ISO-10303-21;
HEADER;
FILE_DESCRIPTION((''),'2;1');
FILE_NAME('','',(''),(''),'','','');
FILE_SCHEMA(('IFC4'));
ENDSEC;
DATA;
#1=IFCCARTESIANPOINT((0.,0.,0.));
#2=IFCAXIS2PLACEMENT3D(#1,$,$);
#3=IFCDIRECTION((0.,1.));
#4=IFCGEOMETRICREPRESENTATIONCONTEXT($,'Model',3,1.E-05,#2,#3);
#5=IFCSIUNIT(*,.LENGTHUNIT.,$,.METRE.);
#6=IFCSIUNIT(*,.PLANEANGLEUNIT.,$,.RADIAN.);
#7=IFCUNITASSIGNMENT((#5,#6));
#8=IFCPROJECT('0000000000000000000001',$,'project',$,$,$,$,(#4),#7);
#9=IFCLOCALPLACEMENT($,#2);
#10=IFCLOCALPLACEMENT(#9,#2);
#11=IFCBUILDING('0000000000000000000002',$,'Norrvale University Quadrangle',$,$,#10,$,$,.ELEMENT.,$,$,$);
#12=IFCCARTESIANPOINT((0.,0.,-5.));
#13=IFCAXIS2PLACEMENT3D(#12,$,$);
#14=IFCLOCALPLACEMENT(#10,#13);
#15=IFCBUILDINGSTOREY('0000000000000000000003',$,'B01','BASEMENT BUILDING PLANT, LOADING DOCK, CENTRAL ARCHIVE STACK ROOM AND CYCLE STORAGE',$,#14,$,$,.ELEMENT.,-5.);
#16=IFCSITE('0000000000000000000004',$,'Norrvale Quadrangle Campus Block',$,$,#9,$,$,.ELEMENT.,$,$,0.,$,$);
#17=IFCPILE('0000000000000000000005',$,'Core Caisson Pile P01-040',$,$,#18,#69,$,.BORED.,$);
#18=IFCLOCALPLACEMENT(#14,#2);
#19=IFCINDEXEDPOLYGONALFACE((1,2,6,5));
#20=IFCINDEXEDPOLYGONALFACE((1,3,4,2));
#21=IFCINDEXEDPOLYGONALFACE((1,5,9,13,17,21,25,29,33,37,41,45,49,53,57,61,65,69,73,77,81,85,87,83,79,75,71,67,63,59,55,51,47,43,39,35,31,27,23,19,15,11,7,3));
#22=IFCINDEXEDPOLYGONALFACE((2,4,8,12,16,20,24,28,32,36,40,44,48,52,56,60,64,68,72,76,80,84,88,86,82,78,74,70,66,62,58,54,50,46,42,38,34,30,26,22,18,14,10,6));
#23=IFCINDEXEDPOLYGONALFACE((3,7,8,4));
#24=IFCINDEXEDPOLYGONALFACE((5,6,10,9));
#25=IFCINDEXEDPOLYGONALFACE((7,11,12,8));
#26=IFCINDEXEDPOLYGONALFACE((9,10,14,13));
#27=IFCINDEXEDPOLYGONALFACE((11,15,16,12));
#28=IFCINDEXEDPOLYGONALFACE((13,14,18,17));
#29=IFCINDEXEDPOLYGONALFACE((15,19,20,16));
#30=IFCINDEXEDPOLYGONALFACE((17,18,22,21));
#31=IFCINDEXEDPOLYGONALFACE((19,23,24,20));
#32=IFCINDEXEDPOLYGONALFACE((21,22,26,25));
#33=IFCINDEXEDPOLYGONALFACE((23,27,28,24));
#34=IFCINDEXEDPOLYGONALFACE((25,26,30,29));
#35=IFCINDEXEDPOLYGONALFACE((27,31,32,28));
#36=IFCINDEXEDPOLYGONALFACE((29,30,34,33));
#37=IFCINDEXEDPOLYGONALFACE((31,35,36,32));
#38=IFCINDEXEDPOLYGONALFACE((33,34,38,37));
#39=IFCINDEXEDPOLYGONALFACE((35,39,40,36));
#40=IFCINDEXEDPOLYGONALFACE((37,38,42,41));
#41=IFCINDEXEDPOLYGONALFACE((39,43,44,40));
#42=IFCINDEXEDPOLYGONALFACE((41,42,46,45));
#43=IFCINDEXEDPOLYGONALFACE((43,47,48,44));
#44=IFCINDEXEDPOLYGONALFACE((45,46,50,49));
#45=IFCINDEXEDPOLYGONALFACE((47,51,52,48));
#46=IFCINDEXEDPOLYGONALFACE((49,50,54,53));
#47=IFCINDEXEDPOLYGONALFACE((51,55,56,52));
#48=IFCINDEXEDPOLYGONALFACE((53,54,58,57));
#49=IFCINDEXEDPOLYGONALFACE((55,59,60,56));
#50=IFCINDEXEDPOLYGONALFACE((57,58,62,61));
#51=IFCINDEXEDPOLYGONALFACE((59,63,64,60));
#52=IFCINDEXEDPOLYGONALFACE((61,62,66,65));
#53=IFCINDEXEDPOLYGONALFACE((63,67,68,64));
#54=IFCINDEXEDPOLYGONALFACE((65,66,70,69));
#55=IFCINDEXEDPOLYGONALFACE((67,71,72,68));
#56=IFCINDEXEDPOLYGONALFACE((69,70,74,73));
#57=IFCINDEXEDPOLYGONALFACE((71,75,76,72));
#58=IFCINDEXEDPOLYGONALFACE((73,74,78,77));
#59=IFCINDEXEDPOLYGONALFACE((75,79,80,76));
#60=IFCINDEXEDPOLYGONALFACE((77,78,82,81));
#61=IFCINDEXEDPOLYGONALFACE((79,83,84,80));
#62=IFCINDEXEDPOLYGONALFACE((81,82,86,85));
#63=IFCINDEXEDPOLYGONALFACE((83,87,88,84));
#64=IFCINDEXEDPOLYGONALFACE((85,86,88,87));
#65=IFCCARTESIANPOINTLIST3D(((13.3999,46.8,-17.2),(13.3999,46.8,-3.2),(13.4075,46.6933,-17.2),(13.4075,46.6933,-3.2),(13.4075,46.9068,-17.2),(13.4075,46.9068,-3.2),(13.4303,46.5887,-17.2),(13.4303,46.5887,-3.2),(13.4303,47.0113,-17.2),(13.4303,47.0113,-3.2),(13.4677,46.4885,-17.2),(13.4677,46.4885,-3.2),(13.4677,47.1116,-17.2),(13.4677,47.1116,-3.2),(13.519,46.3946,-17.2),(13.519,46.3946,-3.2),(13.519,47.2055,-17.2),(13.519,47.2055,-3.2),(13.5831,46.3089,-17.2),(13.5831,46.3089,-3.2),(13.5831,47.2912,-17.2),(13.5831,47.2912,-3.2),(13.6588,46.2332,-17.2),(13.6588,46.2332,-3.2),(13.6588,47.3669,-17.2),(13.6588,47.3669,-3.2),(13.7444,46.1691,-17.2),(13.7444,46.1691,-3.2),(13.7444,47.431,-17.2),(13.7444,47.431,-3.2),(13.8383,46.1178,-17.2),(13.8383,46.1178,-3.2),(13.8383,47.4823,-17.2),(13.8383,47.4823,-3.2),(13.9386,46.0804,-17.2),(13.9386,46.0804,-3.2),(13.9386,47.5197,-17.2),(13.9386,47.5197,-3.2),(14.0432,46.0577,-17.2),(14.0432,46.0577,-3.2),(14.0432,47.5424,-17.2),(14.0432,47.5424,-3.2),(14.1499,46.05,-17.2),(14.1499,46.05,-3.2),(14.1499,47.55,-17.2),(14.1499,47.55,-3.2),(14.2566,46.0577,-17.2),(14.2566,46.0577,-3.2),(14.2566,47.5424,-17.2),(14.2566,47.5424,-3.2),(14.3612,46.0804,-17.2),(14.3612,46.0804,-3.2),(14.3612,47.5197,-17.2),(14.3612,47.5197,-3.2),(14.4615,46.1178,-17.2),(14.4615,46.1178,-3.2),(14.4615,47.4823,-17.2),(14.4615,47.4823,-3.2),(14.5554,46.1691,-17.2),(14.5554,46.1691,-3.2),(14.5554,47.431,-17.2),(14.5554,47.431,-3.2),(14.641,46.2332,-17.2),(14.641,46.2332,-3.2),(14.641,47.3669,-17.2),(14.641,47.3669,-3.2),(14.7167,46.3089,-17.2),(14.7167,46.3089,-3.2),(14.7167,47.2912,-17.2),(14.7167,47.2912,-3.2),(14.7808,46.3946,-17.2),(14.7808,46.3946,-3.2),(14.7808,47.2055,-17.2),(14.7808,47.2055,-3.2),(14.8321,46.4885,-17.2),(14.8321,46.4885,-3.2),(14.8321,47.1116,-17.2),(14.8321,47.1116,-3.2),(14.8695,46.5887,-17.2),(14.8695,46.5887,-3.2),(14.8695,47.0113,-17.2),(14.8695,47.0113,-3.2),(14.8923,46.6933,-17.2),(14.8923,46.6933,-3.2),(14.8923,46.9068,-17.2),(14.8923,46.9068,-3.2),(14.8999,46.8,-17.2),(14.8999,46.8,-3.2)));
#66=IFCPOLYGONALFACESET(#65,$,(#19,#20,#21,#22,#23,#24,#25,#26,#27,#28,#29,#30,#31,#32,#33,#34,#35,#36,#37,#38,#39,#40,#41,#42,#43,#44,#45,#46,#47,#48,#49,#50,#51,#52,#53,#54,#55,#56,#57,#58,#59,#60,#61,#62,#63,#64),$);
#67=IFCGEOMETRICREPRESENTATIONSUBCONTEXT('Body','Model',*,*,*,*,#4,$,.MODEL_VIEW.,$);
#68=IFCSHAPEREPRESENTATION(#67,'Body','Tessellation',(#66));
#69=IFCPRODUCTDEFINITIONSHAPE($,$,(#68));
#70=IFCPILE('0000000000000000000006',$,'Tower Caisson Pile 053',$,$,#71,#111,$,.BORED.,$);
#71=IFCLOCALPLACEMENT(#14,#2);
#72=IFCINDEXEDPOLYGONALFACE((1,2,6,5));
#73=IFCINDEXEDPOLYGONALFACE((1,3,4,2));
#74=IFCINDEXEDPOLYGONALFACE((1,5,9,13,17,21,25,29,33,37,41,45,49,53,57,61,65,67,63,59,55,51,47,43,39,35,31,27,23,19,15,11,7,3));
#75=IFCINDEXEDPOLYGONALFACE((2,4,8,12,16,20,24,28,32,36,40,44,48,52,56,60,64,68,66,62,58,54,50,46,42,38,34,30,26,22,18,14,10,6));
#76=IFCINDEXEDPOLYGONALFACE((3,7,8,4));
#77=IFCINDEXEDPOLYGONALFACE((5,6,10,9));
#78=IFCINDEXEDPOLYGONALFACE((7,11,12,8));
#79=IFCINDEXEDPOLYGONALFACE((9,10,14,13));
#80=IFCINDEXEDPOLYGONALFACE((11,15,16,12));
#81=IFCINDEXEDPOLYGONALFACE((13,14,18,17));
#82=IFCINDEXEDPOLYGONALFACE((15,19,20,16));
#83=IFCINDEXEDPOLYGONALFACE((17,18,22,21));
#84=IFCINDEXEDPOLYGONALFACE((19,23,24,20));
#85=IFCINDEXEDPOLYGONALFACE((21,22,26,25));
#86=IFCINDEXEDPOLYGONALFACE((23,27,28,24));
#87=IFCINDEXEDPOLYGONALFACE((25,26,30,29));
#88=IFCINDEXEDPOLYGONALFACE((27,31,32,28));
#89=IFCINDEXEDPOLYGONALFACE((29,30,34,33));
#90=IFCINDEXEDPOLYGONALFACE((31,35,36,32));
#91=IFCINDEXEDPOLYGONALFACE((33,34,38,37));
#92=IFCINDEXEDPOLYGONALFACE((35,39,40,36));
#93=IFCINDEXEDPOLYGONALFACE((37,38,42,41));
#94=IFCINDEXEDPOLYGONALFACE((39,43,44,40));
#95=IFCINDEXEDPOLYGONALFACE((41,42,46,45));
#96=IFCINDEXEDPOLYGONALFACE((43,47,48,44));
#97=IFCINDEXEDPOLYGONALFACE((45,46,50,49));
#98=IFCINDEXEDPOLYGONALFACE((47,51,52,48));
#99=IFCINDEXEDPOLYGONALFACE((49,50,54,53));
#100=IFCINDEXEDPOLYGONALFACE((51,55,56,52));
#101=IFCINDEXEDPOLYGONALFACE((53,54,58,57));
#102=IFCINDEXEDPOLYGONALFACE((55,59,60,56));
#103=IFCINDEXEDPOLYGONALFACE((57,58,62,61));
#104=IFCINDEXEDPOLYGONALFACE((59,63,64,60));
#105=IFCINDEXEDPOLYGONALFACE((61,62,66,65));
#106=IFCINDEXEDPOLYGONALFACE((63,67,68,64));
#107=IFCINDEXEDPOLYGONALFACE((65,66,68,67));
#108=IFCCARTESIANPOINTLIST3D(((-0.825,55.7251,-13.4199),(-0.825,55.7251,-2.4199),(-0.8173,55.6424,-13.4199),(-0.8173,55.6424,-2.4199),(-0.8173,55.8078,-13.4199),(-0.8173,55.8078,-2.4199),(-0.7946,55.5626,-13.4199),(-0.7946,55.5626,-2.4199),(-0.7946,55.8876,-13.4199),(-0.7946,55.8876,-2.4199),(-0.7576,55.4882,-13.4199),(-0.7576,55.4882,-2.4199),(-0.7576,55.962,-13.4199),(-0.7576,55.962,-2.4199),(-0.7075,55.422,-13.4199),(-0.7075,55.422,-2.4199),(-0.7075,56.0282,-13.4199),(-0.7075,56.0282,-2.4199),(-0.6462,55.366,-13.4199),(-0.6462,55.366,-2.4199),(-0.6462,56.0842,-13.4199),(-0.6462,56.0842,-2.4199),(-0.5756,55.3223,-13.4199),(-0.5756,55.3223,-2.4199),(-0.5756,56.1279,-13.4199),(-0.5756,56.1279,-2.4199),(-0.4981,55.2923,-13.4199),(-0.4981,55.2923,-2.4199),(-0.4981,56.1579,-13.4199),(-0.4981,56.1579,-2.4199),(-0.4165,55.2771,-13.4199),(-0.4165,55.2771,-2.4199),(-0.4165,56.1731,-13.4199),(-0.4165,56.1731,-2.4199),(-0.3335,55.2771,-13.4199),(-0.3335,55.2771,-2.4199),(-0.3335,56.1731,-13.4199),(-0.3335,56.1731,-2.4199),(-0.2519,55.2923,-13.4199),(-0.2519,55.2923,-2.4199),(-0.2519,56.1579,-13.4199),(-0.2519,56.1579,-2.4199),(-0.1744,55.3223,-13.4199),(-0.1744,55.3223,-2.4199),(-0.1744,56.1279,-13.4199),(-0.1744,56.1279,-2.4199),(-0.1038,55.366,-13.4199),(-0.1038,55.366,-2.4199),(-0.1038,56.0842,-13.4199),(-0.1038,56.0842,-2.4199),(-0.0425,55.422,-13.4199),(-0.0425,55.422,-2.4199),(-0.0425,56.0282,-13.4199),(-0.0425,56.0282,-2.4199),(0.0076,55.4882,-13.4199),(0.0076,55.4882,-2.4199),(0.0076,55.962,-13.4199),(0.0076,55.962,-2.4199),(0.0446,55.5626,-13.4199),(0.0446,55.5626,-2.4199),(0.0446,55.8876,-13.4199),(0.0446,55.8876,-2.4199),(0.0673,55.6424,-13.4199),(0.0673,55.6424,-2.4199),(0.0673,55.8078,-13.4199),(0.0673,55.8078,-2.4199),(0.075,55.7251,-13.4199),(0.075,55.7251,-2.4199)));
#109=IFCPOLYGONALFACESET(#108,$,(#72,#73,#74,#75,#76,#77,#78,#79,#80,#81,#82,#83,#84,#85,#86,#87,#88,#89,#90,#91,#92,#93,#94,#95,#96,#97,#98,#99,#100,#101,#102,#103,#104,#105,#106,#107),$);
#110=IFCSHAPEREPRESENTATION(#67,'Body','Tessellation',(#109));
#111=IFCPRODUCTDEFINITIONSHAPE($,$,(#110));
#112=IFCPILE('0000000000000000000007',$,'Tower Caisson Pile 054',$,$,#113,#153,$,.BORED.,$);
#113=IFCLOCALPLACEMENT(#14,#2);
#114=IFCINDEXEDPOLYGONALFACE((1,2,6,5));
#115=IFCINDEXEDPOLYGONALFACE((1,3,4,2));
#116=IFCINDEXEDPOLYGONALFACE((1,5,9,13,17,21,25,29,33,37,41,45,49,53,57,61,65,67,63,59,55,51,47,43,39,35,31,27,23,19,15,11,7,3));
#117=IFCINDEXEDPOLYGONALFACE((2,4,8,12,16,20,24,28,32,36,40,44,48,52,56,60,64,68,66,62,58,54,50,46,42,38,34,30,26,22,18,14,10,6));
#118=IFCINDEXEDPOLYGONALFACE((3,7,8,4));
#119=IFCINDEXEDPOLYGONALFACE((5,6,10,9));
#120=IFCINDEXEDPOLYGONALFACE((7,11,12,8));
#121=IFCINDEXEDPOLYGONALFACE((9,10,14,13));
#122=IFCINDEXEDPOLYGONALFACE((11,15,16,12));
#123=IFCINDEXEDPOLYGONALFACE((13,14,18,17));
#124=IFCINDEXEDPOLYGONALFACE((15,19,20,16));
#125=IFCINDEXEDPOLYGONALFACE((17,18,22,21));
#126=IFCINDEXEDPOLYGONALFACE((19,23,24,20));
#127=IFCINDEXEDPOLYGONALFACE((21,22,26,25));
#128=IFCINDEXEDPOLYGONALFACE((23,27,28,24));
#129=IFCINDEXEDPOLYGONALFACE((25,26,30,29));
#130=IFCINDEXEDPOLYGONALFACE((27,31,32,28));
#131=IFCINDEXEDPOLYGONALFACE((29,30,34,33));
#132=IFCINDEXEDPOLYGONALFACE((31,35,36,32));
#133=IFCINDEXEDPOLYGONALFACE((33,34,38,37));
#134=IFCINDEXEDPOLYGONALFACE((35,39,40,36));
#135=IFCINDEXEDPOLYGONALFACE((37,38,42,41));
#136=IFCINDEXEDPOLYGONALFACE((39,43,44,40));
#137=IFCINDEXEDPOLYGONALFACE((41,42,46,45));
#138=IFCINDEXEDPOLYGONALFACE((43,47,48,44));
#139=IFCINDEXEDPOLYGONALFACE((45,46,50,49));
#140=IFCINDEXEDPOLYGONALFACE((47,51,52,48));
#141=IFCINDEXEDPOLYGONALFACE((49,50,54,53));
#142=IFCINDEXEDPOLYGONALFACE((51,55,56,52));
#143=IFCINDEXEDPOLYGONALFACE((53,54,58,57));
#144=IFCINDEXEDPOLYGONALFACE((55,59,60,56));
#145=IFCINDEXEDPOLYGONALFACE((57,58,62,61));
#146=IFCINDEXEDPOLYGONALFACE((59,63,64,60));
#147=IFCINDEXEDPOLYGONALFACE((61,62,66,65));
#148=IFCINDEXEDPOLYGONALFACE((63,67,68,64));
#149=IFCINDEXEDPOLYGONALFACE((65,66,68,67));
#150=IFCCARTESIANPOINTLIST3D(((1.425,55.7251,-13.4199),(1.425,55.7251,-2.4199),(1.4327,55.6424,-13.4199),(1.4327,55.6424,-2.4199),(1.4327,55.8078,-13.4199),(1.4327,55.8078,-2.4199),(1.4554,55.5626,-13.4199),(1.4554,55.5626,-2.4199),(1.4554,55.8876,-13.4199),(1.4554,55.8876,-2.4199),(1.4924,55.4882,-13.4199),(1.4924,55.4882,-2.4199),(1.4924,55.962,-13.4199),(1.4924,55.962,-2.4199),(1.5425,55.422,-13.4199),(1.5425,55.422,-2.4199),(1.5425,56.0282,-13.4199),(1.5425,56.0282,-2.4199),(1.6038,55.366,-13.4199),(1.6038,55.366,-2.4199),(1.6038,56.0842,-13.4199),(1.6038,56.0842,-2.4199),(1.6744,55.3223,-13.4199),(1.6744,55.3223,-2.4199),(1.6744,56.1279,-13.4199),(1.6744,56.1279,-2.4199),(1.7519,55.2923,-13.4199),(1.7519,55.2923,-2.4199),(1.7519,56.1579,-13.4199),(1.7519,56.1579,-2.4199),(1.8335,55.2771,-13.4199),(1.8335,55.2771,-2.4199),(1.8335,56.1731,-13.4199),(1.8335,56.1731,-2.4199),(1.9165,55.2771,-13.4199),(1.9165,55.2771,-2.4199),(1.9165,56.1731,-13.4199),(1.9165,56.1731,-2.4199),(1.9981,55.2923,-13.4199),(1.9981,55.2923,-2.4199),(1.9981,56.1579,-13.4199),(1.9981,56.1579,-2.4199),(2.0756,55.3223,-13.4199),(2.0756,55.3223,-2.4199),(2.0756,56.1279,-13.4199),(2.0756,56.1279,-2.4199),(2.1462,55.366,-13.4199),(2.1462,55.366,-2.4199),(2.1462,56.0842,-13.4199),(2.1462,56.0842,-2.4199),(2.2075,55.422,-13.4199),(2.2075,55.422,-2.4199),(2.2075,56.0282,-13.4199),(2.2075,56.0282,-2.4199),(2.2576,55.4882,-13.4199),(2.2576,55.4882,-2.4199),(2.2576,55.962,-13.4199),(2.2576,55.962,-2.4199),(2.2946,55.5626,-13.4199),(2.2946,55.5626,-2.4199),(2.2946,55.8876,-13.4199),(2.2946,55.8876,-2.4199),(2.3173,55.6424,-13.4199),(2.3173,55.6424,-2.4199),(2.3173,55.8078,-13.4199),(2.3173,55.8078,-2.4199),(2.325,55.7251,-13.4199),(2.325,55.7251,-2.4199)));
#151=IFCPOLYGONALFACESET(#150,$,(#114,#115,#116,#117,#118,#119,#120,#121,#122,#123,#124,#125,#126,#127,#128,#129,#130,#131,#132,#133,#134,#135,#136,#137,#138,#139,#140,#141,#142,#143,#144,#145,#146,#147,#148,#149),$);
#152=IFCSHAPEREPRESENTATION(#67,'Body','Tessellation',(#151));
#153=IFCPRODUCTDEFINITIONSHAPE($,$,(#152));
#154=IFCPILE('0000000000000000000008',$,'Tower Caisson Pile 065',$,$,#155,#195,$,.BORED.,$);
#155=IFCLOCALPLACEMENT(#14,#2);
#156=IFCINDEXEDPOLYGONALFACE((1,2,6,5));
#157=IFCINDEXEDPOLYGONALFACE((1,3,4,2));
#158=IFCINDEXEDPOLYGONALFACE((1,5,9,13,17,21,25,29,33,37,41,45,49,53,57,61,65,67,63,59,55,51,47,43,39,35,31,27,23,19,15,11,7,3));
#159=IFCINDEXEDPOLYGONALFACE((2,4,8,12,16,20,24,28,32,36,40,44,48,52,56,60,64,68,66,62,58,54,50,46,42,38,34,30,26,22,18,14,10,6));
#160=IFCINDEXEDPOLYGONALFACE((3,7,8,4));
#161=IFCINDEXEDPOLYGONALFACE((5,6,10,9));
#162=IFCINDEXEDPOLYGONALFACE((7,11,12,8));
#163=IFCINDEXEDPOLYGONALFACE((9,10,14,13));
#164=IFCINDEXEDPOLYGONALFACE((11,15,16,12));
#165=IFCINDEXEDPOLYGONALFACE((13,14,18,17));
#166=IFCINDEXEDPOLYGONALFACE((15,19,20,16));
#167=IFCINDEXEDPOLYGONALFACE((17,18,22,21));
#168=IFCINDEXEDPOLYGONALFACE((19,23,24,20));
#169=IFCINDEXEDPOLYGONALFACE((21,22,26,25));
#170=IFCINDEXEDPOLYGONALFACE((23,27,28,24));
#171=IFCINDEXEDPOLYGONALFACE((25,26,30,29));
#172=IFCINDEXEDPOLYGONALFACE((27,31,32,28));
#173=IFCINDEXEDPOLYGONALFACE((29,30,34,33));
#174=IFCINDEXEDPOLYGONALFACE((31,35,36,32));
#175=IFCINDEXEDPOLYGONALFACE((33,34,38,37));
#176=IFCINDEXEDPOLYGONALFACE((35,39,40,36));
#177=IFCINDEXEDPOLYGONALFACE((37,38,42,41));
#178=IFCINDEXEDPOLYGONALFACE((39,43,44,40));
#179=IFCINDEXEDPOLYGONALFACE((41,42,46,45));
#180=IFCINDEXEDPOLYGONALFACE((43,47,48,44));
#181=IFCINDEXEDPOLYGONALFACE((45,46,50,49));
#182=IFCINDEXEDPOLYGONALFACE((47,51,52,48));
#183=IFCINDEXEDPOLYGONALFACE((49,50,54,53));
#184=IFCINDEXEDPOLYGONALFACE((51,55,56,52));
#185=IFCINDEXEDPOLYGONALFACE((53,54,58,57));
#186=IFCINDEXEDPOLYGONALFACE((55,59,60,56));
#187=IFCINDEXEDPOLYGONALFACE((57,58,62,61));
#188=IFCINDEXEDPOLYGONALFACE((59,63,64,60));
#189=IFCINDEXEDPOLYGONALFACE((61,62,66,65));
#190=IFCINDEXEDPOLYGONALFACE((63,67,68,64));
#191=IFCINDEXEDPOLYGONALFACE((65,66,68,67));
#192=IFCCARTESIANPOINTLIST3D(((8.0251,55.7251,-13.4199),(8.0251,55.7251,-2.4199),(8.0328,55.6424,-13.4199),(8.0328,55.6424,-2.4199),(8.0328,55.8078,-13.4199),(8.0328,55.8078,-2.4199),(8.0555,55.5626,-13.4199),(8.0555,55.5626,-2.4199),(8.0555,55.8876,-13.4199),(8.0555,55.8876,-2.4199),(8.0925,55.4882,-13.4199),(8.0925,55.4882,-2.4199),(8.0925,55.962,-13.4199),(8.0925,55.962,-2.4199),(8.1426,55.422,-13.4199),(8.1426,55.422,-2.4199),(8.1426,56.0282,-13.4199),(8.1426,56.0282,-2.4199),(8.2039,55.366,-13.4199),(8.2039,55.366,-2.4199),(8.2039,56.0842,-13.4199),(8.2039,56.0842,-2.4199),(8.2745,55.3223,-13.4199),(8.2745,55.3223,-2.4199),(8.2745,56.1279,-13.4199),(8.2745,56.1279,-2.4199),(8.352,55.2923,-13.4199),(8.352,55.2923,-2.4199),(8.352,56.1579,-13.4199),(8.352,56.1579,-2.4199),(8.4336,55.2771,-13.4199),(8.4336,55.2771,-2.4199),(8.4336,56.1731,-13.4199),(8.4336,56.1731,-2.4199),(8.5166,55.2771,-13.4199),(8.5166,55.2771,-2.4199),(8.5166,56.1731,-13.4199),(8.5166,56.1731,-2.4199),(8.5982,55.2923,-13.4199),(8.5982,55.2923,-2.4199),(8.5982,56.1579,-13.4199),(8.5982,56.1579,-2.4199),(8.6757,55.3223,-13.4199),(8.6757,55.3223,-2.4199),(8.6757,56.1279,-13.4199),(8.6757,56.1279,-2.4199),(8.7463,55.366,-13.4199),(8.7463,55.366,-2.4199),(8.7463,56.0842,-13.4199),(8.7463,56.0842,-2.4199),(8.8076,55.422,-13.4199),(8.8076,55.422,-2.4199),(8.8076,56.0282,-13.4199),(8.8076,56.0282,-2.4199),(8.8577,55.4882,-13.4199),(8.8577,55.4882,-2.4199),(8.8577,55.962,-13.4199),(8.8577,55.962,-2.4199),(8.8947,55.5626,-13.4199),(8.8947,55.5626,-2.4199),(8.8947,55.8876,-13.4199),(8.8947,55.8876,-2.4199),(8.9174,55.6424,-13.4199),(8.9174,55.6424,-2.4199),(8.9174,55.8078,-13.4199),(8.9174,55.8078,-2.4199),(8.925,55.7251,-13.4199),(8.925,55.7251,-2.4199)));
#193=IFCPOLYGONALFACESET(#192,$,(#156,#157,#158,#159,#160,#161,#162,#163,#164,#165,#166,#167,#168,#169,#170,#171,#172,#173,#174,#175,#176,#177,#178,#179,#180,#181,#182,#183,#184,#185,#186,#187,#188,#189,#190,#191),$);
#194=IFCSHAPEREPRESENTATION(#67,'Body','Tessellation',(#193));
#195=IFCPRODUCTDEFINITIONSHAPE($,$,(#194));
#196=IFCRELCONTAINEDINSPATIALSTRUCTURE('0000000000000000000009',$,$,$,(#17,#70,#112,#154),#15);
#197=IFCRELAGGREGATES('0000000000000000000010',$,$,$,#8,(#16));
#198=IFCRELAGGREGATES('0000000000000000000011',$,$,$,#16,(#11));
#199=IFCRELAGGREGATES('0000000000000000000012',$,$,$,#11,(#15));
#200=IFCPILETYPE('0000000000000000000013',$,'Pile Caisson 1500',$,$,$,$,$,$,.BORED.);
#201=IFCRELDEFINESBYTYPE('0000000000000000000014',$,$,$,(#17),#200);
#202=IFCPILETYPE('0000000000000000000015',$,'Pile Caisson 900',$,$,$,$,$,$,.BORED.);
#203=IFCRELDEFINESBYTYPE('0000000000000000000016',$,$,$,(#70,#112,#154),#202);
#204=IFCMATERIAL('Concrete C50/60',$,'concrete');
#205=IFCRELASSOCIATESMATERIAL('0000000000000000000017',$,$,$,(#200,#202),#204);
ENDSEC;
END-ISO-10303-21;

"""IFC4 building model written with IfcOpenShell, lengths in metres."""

from ifc_helpers import new_model, si_unit, direction, frame, origin, origin_2d, place, context, subcontext, project, spatial, circle, extrude, material, material_profile, profile_set, type_object, element, save


model = new_model("IFC4")

# Units and contexts
model_context = context("Model", 3, precision=1e-05, world=origin(), true_north=direction((0.0, 1.0)))
body_context = subcontext(model_context, "Body", "Model", "MODEL_VIEW")
ifc_project = project(units=[si_unit("LENGTHUNIT", "METRE"), si_unit("PLANEANGLEUNIT", "RADIAN")], contexts=[model_context])

# Site, building, storey
site_placement = place(None, origin())
site = spatial("IfcSite", under=ifc_project, at=site_placement, Name="Norrvale Quadrangle Campus Block", CompositionType="ELEMENT", RefElevation=0.0)
building_placement = place(site_placement, origin())
building = spatial("IfcBuilding", under=site, at=building_placement, Name="Norrvale University Quadrangle", CompositionType="ELEMENT")
storey_placement = place(building_placement, frame((0.0, 0.0, -5.0)))
storey = spatial("IfcBuildingStorey", under=building, at=storey_placement, Name="B01", Description="BASEMENT BUILDING PLANT, LOADING DOCK, CENTRAL ARCHIVE STACK ROOM AND CYCLE STORAGE", CompositionType="ELEMENT", Elevation=-5.0)

# Shared definitions
ifc_material_1 = material(Name="Concrete C50/60", Category="concrete")

# Piles
ifc_material_profile_1 = material_profile(ifc_material_1, circle(Radius=0.75, at=origin_2d()), Name="Concrete C50/60")
ifc_profile_set_1 = profile_set([ifc_material_profile_1], Name="Concrete C50/60")
pile_type_1 = type_object("IfcPileType", Name="Pile Caisson 1500", PredefinedType="BORED", material=ifc_profile_set_1)
for number, where, z_axis, x_axis, name in (
    (1, (14.1499, 46.8, -3.2), (0.0, 0.0, -1.0), (1.0, 0.0, 0.0), "Core Caisson Pile P01-040"),
):
    element("IfcPile", number, at=place(storey_placement, frame(where, z_axis=z_axis, x_axis=x_axis)), inside=storey, type_object=pile_type_1, Name=name, PredefinedType="BORED", context=body_context, shape_type="SweptSolid", body=[
        extrude(circle(Radius=0.75, at=origin_2d()), origin(), (0.0, 0.0, 1.0), 14.0),
    ])
ifc_material_profile_2 = material_profile(ifc_material_1, circle(Radius=0.45, at=origin_2d()), Name="Concrete C50/60")
ifc_profile_set_2 = profile_set([ifc_material_profile_2], Name="Concrete C50/60")
pile_type_2 = type_object("IfcPileType", Name="Pile Caisson 900", PredefinedType="BORED", material=ifc_profile_set_2)
for number, where, z_axis, x_axis, name in (
    (2, (-0.375, 55.7251, -2.4199), (0.0, 0.0, -1.0), (1.0, 0.0, 0.0), "Tower Caisson Pile 053"),
    (3, (1.875, 55.7251, -2.4199), (0.0, 0.0, -1.0), (1.0, 0.0, 0.0), "Tower Caisson Pile 054"),
    (4, (8.4751, 55.7251, -2.4199), (0.0, 0.0, -1.0), (1.0, 0.0, 0.0), "Tower Caisson Pile 065"),
):
    element("IfcPile", number, at=place(storey_placement, frame(where, z_axis=z_axis, x_axis=x_axis)), inside=storey, type_object=pile_type_2, Name=name, PredefinedType="BORED", context=body_context, shape_type="SweptSolid", body=[
        extrude(circle(Radius=0.45, at=origin_2d()), origin(), (0.0, 0.0, 1.0), 11.0),
    ])

save(model, "model.ifc")
